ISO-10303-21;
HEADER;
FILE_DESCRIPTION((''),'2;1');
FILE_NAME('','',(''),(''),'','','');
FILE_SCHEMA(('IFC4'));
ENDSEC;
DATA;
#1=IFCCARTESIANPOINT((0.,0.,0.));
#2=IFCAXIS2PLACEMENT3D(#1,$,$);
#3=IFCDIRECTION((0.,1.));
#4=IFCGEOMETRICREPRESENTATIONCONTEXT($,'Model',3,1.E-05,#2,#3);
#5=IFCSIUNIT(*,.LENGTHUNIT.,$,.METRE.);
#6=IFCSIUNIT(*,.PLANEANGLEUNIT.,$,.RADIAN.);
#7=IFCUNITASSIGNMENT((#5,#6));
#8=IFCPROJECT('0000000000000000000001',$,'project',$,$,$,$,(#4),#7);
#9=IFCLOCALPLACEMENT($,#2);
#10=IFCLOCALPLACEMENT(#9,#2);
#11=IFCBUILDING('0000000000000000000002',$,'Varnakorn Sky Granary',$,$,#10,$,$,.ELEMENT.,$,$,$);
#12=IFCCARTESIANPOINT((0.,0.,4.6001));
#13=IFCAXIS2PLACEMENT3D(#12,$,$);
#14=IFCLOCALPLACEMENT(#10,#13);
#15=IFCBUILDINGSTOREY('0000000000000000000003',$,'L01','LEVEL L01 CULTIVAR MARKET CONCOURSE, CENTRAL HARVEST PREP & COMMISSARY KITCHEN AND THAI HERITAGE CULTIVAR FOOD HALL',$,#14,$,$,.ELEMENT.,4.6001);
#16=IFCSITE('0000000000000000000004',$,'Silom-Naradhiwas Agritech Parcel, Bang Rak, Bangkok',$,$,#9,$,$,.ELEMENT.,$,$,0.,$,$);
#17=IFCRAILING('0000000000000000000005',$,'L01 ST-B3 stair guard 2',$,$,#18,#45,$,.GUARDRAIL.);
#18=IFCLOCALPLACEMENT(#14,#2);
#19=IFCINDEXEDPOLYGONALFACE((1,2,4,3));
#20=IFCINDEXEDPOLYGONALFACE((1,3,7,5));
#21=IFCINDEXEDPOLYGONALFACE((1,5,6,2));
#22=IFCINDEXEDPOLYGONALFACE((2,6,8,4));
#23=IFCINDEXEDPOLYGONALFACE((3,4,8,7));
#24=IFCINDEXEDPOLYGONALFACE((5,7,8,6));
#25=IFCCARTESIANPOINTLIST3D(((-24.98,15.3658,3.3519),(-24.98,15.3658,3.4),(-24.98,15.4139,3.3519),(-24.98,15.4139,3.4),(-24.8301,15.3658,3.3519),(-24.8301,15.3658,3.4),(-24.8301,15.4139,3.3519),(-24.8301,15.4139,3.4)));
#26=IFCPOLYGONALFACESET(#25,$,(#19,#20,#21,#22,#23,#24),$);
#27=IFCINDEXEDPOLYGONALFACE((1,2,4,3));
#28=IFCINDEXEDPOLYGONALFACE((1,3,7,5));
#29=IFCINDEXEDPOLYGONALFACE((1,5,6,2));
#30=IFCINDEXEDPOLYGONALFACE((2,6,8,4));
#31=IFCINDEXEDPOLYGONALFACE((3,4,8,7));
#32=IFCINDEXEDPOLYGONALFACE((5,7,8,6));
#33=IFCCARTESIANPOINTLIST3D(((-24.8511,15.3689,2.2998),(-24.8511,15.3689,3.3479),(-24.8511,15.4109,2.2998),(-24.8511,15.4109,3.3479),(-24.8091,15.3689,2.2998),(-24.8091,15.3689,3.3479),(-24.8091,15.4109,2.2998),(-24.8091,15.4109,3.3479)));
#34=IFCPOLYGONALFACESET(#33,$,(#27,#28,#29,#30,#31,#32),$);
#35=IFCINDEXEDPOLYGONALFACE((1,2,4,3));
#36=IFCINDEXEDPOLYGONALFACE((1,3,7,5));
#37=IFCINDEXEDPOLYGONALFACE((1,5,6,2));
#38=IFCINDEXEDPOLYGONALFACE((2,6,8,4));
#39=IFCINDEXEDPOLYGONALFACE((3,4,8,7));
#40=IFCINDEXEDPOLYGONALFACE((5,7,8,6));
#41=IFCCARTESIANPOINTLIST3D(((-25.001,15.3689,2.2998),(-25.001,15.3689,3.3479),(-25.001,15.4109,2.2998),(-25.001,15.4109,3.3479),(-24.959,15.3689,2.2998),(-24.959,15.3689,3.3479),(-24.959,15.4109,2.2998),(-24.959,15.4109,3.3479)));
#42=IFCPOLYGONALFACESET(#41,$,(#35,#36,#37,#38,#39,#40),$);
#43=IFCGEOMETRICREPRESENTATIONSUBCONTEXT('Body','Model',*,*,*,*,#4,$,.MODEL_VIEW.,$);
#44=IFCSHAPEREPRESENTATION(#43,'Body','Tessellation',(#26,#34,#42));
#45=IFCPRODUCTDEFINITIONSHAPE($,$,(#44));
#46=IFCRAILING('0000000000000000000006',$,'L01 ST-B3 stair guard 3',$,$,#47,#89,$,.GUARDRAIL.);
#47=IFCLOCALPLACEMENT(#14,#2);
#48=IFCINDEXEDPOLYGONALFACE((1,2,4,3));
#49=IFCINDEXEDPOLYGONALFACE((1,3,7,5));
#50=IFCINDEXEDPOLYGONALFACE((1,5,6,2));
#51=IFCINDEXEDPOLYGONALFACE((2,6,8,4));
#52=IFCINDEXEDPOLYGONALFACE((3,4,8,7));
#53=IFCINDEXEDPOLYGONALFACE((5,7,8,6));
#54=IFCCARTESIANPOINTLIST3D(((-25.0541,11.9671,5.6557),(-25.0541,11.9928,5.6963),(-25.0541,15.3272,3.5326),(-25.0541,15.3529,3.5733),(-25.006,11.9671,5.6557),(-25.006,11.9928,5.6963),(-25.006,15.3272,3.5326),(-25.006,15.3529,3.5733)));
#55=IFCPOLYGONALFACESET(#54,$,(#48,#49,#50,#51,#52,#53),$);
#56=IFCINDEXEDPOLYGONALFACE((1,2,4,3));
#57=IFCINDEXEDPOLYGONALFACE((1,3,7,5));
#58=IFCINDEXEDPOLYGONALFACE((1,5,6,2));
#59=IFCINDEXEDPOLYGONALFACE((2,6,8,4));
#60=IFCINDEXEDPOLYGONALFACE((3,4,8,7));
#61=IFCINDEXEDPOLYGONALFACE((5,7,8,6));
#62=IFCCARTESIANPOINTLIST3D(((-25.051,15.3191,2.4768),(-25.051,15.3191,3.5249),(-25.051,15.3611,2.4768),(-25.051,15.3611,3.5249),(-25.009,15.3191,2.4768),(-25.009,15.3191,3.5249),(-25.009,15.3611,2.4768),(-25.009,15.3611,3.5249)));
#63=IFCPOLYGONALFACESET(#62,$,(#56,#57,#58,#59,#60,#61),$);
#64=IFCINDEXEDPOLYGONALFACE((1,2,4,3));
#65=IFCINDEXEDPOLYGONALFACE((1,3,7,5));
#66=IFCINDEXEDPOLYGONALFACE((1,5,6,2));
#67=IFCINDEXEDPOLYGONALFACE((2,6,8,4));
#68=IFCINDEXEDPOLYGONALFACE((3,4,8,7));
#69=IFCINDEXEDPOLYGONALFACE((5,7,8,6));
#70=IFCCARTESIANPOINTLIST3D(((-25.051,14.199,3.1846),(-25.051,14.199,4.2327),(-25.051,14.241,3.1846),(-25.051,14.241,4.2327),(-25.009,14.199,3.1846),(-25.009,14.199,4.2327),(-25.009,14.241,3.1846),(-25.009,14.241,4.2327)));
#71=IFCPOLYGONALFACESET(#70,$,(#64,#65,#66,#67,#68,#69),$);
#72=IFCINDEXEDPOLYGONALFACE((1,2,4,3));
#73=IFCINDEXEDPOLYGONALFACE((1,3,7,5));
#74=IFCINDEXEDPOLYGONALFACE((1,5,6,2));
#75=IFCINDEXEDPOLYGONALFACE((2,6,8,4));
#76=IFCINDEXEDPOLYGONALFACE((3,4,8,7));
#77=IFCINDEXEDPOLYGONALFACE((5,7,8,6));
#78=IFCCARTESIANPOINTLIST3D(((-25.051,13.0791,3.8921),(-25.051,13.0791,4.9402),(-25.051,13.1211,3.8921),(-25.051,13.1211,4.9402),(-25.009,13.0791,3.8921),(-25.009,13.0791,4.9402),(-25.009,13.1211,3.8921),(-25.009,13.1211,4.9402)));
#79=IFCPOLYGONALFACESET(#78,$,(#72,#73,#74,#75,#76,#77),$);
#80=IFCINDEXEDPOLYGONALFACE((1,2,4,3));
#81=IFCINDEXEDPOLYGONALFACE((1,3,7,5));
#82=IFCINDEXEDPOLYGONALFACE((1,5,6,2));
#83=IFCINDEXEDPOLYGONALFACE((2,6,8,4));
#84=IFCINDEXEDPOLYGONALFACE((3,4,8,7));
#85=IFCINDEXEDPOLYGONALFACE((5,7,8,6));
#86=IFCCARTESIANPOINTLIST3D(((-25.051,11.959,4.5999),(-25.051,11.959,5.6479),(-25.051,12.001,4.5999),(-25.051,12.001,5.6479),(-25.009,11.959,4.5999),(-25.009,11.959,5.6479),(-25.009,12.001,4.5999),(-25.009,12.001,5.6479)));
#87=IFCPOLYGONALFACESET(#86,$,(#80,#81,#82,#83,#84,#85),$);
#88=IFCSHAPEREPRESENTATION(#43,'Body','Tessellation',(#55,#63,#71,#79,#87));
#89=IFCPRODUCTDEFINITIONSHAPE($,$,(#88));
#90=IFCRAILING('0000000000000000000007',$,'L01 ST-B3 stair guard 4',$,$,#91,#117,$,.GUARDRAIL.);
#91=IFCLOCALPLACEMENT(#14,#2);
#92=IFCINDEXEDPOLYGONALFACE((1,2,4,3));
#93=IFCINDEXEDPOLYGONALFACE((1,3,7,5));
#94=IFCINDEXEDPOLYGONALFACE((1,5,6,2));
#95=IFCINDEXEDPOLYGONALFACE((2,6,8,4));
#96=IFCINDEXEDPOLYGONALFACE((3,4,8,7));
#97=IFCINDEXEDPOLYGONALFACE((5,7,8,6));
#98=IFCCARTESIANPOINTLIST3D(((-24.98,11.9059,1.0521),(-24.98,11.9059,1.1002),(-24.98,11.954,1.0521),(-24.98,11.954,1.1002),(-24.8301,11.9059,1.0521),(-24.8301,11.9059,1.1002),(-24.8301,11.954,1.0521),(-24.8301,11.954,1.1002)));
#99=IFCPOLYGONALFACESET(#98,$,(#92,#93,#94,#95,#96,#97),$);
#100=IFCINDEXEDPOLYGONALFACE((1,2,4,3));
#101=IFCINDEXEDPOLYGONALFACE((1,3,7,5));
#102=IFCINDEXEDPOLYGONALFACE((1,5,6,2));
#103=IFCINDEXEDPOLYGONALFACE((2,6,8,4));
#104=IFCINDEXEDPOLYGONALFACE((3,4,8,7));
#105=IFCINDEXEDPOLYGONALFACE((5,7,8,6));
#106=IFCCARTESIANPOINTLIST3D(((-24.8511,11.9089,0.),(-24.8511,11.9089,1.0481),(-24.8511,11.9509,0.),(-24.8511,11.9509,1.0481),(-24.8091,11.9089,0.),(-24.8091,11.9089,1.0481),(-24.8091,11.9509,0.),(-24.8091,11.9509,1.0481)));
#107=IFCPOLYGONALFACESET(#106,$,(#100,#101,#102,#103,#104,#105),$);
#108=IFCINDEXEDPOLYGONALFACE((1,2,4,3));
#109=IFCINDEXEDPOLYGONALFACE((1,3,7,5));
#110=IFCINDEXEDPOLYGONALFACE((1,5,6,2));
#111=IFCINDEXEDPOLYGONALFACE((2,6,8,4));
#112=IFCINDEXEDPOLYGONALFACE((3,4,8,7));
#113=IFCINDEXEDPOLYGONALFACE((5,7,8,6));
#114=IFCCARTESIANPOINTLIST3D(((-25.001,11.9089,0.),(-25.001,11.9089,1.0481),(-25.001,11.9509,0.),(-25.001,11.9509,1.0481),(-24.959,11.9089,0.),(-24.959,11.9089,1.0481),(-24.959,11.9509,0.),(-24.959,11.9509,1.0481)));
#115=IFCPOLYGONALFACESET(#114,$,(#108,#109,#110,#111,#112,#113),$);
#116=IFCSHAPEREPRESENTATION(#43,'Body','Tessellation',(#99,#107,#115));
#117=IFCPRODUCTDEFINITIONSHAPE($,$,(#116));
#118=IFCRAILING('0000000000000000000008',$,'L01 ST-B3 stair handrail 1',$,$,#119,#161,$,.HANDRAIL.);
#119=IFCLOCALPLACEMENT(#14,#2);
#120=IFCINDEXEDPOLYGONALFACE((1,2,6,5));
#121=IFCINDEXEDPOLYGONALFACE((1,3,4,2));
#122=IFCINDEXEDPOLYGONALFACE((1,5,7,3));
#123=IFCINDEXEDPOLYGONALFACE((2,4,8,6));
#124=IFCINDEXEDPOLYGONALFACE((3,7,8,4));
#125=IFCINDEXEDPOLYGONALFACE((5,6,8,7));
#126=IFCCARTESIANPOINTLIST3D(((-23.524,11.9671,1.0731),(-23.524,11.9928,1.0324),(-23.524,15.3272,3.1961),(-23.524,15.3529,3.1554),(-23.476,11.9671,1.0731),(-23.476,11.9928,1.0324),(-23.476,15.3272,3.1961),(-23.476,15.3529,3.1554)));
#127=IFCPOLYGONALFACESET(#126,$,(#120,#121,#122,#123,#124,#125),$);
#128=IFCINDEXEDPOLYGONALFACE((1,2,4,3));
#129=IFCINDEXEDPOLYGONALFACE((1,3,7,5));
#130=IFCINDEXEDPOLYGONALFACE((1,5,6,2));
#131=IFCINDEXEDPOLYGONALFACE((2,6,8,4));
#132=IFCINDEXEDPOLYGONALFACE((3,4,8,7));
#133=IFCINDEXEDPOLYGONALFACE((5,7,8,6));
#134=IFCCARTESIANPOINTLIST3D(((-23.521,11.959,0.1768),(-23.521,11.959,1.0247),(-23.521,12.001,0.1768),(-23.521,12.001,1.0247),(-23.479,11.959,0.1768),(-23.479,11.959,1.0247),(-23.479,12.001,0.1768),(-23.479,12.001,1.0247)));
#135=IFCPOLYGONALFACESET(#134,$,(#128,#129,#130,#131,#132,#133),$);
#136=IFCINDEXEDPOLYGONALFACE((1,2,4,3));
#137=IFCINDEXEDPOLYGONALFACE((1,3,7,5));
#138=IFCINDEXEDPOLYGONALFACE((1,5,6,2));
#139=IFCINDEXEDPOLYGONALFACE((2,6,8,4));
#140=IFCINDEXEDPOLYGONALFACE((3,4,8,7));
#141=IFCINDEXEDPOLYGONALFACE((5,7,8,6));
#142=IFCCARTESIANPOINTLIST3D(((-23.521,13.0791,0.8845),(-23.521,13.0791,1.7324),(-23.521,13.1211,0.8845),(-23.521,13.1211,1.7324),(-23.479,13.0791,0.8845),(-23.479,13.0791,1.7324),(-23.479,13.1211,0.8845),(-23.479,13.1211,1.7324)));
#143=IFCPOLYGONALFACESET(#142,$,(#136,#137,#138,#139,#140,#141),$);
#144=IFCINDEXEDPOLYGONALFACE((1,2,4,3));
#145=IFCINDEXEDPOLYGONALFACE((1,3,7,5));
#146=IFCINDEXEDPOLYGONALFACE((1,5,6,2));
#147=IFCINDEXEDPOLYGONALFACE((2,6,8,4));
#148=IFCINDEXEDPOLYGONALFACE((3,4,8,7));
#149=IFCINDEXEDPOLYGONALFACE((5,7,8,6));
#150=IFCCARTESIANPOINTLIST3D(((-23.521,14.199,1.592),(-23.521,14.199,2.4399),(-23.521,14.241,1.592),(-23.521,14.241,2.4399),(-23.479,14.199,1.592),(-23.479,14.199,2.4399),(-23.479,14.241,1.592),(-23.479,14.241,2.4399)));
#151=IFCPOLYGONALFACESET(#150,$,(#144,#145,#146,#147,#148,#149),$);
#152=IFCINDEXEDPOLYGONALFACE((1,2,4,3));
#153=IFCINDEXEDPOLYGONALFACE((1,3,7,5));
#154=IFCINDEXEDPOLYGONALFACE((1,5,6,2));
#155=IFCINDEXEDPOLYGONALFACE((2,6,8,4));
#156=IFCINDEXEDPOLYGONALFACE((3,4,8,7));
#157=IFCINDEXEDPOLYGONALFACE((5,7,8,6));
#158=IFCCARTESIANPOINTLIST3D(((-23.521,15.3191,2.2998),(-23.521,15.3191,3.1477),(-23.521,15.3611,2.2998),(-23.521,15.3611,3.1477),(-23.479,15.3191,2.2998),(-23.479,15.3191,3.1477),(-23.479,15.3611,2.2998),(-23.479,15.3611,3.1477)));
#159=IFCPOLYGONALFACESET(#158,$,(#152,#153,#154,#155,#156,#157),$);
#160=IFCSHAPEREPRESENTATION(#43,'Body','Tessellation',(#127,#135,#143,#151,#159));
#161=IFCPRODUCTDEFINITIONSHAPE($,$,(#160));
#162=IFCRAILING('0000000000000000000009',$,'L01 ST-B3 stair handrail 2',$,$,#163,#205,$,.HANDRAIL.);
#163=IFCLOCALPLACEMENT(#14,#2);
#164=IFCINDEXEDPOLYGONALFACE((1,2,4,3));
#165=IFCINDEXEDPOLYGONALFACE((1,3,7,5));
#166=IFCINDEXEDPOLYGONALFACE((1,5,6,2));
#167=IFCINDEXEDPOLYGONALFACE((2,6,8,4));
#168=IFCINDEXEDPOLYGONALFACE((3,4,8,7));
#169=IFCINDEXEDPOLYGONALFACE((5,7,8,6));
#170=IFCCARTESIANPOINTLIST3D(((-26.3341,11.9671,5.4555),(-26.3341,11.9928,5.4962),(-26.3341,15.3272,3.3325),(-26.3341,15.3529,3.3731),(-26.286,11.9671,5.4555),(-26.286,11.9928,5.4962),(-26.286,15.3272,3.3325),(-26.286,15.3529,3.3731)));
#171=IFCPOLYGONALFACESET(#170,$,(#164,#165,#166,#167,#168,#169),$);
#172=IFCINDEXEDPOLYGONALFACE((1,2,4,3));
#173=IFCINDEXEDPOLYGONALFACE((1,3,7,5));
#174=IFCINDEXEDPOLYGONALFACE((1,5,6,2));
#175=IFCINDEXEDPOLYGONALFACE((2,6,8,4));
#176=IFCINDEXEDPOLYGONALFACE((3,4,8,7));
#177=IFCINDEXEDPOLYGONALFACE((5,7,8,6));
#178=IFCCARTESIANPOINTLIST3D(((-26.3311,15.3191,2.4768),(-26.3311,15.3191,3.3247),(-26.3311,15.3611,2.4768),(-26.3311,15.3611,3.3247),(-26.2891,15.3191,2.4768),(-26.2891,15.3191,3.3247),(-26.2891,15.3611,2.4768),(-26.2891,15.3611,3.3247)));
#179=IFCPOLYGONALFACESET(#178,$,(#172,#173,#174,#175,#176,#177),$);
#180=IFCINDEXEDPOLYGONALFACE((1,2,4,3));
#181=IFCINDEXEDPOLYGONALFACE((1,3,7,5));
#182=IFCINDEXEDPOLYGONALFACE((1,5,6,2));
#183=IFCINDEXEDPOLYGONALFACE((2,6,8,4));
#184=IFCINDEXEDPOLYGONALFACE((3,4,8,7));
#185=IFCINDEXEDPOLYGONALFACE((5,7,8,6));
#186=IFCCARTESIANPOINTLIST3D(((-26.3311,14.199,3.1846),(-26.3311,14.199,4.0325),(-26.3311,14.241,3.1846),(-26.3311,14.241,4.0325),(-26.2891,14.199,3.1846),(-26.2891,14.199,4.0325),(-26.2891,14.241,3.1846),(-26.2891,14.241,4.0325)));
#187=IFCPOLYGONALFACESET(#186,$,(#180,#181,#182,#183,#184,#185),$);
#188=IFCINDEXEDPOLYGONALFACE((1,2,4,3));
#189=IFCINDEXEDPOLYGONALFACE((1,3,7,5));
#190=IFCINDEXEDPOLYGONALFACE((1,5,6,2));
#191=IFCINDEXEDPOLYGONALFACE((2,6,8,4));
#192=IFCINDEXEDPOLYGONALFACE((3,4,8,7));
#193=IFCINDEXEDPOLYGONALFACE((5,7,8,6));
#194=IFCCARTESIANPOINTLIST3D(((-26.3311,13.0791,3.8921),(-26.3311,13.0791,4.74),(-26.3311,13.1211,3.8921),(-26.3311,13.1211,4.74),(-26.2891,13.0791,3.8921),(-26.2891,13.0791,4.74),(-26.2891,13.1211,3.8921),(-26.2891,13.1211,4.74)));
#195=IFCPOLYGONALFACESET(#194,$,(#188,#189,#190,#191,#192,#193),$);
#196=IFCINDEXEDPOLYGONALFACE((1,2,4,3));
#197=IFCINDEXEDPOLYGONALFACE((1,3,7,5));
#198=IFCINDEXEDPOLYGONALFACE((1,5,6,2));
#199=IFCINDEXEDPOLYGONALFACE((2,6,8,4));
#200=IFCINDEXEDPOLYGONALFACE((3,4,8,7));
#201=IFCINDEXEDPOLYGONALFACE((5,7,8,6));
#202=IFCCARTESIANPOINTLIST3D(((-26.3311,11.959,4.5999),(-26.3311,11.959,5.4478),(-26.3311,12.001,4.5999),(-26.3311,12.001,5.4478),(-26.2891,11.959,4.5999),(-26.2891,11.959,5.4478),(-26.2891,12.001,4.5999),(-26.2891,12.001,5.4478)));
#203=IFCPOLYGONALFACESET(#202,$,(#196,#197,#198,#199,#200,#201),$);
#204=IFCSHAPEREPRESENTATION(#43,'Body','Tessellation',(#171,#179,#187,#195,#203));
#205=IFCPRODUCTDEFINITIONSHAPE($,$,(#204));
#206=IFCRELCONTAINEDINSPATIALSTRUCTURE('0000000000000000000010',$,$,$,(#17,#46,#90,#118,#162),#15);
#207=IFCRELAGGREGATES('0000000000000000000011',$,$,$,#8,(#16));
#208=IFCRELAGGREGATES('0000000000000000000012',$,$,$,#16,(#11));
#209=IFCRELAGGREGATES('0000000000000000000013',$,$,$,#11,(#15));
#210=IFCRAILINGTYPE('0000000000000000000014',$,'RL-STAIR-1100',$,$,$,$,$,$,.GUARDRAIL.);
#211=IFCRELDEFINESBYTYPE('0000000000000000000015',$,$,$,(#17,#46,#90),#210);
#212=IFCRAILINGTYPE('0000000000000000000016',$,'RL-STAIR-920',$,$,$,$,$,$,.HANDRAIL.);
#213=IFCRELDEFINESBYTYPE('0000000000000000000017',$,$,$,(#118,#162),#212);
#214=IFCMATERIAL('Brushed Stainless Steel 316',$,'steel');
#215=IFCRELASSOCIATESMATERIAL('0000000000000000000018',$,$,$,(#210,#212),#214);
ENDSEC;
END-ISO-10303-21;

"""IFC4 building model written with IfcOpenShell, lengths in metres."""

from ifc_helpers import new_model, si_unit, direction, frame, origin, origin_2d, place, context, subcontext, project, spatial, rectangle, extrude, material, type_object, element, save


model = new_model("IFC4")

# Units and contexts
model_context = context("Model", 3, precision=1e-05, world=origin(), true_north=direction((0.0, 1.0)))
body_context = subcontext(model_context, "Body", "Model", "MODEL_VIEW")
ifc_project = project(units=[si_unit("LENGTHUNIT", "METRE"), si_unit("PLANEANGLEUNIT", "RADIAN")], contexts=[model_context])

# Site, building, storey
site_placement = place(None, origin())
site = spatial("IfcSite", under=ifc_project, at=site_placement, Name="Silom-Naradhiwas Agritech Parcel, Bang Rak, Bangkok", CompositionType="ELEMENT", RefElevation=0.0)
building_placement = place(site_placement, origin())
building = spatial("IfcBuilding", under=site, at=building_placement, Name="Varnakorn Sky Granary", CompositionType="ELEMENT")
storey_placement = place(building_placement, frame((0.0, 0.0, 4.6001)))
storey = spatial("IfcBuildingStorey", under=building, at=storey_placement, Name="L01", Description="LEVEL L01 CULTIVAR MARKET CONCOURSE, CENTRAL HARVEST PREP & COMMISSARY KITCHEN AND THAI HERITAGE CULTIVAR FOOD HALL", CompositionType="ELEMENT", Elevation=4.6001)

# Railings
ifc_material_1 = material(Name="Brushed Stainless Steel 316", Category="steel")
railing_type_1 = type_object("IfcRailingType", Name="RL-STAIR-1100", PredefinedType="GUARDRAIL", material=ifc_material_1)
railing_1_placement = place(storey_placement, frame((-24.8301, 15.3899, 2.2998)))
element("IfcRailing", 1, at=railing_1_placement, inside=storey, type_object=railing_type_1, Name="L01 ST-B3 stair guard 2", PredefinedType="GUARDRAIL", context=body_context, shape_type="SweptSolid", body=[
    extrude(rectangle(XDim=0.0481, YDim=0.0481, at=origin_2d()), frame((0.0, 0.0, 1.0762), z_axis=(-1.0, 0.0, 0.0), x_axis=(0.0, -1.0, 0.0)), (0.0, 0.0, 1.0), 0.1499),
    extrude(rectangle(XDim=0.042, YDim=0.042, at=origin_2d()), origin(), (0.0, 0.0, 1.0), 1.0481),
    extrude(rectangle(XDim=0.042, YDim=0.042, at=origin_2d()), frame((-0.1499, 0.0, 0.0)), (0.0, 0.0, 1.0), 1.0481),
])
railing_2_placement = place(storey_placement, frame((-25.03, 15.3401, 2.4768)))
element("IfcRailing", 2, at=railing_2_placement, inside=storey, type_object=railing_type_1, Name="L01 ST-B3 stair guard 3", PredefinedType="GUARDRAIL", context=body_context, shape_type="SweptSolid", body=[
    extrude(rectangle(XDim=0.0481, YDim=0.0481, at=origin_2d()), frame((0.0, 0.0, 1.0762), z_axis=(0.0, -0.84539, 0.53415), x_axis=(1.0, 0.0, 0.0)), (0.0, 0.0, 1.0), 3.9746),
    extrude(rectangle(XDim=0.042, YDim=0.042, at=origin_2d()), origin(), (0.0, 0.0, 1.0), 1.0481),
    extrude(rectangle(XDim=0.042, YDim=0.042, at=origin_2d()), frame((0.0, -1.1201, 0.7078)), (0.0, 0.0, 1.0), 1.0481),
    extrude(rectangle(XDim=0.042, YDim=0.042, at=origin_2d()), frame((0.0, -2.24, 1.4153)), (0.0, 0.0, 1.0), 1.0481),
    extrude(rectangle(XDim=0.042, YDim=0.042, at=origin_2d()), frame((0.0, -3.3601, 2.123)), (0.0, 0.0, 1.0), 1.0481),
])
railing_3_placement = place(storey_placement, frame((-24.8301, 11.9299, 0.0)))
element("IfcRailing", 3, at=railing_3_placement, inside=storey, type_object=railing_type_1, Name="L01 ST-B3 stair guard 4", PredefinedType="GUARDRAIL", context=body_context, shape_type="SweptSolid", body=[
    extrude(rectangle(XDim=0.0481, YDim=0.0481, at=origin_2d()), frame((0.0, 0.0, 1.0762), z_axis=(-1.0, 0.0, 0.0), x_axis=(0.0, -1.0, 0.0)), (0.0, 0.0, 1.0), 0.1499),
    extrude(rectangle(XDim=0.042, YDim=0.042, at=origin_2d()), origin(), (0.0, 0.0, 1.0), 1.0481),
    extrude(rectangle(XDim=0.042, YDim=0.042, at=origin_2d()), frame((-0.1499, 0.0, 0.0)), (0.0, 0.0, 1.0), 1.0481),
])
railing_type_2 = type_object("IfcRailingType", Name="RL-STAIR-920", PredefinedType="HANDRAIL", material=ifc_material_1)
railing_4_placement = place(storey_placement, frame((-23.5, 11.98, 0.1768)))
element("IfcRailing", 4, at=railing_4_placement, inside=storey, type_object=railing_type_2, Name="L01 ST-B3 stair handrail 1", PredefinedType="HANDRAIL", context=body_context, shape_type="SweptSolid", body=[
    extrude(rectangle(XDim=0.0481, YDim=0.0481, at=origin_2d()), frame((0.0, 0.0, 0.876), z_axis=(0.0, 0.84539, 0.53415), x_axis=(-1.0, 0.0, 0.0)), (0.0, 0.0, 1.0), 3.9746),
    extrude(rectangle(XDim=0.042, YDim=0.042, at=origin_2d()), origin(), (0.0, 0.0, 1.0), 0.8479),
    extrude(rectangle(XDim=0.042, YDim=0.042, at=origin_2d()), frame((0.0, 1.1201, 0.7078)), (0.0, 0.0, 1.0), 0.8479),
    extrude(rectangle(XDim=0.042, YDim=0.042, at=origin_2d()), frame((0.0, 2.24, 1.4153)), (0.0, 0.0, 1.0), 0.8479),
    extrude(rectangle(XDim=0.042, YDim=0.042, at=origin_2d()), frame((0.0, 3.3601, 2.123)), (0.0, 0.0, 1.0), 0.8479),
])
railing_5_placement = place(storey_placement, frame((-26.3101, 15.3401, 2.4768)))
element("IfcRailing", 5, at=railing_5_placement, inside=storey, type_object=railing_type_2, Name="L01 ST-B3 stair handrail 2", PredefinedType="HANDRAIL", context=body_context, shape_type="SweptSolid", body=[
    extrude(rectangle(XDim=0.0481, YDim=0.0481, at=origin_2d()), frame((0.0, 0.0, 0.876), z_axis=(0.0, -0.84539, 0.53415), x_axis=(1.0, 0.0, 0.0)), (0.0, 0.0, 1.0), 3.9746),
    extrude(rectangle(XDim=0.042, YDim=0.042, at=origin_2d()), origin(), (0.0, 0.0, 1.0), 0.8479),
    extrude(rectangle(XDim=0.042, YDim=0.042, at=origin_2d()), frame((0.0, -1.1201, 0.7078)), (0.0, 0.0, 1.0), 0.8479),
    extrude(rectangle(XDim=0.042, YDim=0.042, at=origin_2d()), frame((0.0, -2.24, 1.4153)), (0.0, 0.0, 1.0), 0.8479),
    extrude(rectangle(XDim=0.042, YDim=0.042, at=origin_2d()), frame((0.0, -3.3601, 2.123)), (0.0, 0.0, 1.0), 0.8479),
])

save(model, "model.ifc")
